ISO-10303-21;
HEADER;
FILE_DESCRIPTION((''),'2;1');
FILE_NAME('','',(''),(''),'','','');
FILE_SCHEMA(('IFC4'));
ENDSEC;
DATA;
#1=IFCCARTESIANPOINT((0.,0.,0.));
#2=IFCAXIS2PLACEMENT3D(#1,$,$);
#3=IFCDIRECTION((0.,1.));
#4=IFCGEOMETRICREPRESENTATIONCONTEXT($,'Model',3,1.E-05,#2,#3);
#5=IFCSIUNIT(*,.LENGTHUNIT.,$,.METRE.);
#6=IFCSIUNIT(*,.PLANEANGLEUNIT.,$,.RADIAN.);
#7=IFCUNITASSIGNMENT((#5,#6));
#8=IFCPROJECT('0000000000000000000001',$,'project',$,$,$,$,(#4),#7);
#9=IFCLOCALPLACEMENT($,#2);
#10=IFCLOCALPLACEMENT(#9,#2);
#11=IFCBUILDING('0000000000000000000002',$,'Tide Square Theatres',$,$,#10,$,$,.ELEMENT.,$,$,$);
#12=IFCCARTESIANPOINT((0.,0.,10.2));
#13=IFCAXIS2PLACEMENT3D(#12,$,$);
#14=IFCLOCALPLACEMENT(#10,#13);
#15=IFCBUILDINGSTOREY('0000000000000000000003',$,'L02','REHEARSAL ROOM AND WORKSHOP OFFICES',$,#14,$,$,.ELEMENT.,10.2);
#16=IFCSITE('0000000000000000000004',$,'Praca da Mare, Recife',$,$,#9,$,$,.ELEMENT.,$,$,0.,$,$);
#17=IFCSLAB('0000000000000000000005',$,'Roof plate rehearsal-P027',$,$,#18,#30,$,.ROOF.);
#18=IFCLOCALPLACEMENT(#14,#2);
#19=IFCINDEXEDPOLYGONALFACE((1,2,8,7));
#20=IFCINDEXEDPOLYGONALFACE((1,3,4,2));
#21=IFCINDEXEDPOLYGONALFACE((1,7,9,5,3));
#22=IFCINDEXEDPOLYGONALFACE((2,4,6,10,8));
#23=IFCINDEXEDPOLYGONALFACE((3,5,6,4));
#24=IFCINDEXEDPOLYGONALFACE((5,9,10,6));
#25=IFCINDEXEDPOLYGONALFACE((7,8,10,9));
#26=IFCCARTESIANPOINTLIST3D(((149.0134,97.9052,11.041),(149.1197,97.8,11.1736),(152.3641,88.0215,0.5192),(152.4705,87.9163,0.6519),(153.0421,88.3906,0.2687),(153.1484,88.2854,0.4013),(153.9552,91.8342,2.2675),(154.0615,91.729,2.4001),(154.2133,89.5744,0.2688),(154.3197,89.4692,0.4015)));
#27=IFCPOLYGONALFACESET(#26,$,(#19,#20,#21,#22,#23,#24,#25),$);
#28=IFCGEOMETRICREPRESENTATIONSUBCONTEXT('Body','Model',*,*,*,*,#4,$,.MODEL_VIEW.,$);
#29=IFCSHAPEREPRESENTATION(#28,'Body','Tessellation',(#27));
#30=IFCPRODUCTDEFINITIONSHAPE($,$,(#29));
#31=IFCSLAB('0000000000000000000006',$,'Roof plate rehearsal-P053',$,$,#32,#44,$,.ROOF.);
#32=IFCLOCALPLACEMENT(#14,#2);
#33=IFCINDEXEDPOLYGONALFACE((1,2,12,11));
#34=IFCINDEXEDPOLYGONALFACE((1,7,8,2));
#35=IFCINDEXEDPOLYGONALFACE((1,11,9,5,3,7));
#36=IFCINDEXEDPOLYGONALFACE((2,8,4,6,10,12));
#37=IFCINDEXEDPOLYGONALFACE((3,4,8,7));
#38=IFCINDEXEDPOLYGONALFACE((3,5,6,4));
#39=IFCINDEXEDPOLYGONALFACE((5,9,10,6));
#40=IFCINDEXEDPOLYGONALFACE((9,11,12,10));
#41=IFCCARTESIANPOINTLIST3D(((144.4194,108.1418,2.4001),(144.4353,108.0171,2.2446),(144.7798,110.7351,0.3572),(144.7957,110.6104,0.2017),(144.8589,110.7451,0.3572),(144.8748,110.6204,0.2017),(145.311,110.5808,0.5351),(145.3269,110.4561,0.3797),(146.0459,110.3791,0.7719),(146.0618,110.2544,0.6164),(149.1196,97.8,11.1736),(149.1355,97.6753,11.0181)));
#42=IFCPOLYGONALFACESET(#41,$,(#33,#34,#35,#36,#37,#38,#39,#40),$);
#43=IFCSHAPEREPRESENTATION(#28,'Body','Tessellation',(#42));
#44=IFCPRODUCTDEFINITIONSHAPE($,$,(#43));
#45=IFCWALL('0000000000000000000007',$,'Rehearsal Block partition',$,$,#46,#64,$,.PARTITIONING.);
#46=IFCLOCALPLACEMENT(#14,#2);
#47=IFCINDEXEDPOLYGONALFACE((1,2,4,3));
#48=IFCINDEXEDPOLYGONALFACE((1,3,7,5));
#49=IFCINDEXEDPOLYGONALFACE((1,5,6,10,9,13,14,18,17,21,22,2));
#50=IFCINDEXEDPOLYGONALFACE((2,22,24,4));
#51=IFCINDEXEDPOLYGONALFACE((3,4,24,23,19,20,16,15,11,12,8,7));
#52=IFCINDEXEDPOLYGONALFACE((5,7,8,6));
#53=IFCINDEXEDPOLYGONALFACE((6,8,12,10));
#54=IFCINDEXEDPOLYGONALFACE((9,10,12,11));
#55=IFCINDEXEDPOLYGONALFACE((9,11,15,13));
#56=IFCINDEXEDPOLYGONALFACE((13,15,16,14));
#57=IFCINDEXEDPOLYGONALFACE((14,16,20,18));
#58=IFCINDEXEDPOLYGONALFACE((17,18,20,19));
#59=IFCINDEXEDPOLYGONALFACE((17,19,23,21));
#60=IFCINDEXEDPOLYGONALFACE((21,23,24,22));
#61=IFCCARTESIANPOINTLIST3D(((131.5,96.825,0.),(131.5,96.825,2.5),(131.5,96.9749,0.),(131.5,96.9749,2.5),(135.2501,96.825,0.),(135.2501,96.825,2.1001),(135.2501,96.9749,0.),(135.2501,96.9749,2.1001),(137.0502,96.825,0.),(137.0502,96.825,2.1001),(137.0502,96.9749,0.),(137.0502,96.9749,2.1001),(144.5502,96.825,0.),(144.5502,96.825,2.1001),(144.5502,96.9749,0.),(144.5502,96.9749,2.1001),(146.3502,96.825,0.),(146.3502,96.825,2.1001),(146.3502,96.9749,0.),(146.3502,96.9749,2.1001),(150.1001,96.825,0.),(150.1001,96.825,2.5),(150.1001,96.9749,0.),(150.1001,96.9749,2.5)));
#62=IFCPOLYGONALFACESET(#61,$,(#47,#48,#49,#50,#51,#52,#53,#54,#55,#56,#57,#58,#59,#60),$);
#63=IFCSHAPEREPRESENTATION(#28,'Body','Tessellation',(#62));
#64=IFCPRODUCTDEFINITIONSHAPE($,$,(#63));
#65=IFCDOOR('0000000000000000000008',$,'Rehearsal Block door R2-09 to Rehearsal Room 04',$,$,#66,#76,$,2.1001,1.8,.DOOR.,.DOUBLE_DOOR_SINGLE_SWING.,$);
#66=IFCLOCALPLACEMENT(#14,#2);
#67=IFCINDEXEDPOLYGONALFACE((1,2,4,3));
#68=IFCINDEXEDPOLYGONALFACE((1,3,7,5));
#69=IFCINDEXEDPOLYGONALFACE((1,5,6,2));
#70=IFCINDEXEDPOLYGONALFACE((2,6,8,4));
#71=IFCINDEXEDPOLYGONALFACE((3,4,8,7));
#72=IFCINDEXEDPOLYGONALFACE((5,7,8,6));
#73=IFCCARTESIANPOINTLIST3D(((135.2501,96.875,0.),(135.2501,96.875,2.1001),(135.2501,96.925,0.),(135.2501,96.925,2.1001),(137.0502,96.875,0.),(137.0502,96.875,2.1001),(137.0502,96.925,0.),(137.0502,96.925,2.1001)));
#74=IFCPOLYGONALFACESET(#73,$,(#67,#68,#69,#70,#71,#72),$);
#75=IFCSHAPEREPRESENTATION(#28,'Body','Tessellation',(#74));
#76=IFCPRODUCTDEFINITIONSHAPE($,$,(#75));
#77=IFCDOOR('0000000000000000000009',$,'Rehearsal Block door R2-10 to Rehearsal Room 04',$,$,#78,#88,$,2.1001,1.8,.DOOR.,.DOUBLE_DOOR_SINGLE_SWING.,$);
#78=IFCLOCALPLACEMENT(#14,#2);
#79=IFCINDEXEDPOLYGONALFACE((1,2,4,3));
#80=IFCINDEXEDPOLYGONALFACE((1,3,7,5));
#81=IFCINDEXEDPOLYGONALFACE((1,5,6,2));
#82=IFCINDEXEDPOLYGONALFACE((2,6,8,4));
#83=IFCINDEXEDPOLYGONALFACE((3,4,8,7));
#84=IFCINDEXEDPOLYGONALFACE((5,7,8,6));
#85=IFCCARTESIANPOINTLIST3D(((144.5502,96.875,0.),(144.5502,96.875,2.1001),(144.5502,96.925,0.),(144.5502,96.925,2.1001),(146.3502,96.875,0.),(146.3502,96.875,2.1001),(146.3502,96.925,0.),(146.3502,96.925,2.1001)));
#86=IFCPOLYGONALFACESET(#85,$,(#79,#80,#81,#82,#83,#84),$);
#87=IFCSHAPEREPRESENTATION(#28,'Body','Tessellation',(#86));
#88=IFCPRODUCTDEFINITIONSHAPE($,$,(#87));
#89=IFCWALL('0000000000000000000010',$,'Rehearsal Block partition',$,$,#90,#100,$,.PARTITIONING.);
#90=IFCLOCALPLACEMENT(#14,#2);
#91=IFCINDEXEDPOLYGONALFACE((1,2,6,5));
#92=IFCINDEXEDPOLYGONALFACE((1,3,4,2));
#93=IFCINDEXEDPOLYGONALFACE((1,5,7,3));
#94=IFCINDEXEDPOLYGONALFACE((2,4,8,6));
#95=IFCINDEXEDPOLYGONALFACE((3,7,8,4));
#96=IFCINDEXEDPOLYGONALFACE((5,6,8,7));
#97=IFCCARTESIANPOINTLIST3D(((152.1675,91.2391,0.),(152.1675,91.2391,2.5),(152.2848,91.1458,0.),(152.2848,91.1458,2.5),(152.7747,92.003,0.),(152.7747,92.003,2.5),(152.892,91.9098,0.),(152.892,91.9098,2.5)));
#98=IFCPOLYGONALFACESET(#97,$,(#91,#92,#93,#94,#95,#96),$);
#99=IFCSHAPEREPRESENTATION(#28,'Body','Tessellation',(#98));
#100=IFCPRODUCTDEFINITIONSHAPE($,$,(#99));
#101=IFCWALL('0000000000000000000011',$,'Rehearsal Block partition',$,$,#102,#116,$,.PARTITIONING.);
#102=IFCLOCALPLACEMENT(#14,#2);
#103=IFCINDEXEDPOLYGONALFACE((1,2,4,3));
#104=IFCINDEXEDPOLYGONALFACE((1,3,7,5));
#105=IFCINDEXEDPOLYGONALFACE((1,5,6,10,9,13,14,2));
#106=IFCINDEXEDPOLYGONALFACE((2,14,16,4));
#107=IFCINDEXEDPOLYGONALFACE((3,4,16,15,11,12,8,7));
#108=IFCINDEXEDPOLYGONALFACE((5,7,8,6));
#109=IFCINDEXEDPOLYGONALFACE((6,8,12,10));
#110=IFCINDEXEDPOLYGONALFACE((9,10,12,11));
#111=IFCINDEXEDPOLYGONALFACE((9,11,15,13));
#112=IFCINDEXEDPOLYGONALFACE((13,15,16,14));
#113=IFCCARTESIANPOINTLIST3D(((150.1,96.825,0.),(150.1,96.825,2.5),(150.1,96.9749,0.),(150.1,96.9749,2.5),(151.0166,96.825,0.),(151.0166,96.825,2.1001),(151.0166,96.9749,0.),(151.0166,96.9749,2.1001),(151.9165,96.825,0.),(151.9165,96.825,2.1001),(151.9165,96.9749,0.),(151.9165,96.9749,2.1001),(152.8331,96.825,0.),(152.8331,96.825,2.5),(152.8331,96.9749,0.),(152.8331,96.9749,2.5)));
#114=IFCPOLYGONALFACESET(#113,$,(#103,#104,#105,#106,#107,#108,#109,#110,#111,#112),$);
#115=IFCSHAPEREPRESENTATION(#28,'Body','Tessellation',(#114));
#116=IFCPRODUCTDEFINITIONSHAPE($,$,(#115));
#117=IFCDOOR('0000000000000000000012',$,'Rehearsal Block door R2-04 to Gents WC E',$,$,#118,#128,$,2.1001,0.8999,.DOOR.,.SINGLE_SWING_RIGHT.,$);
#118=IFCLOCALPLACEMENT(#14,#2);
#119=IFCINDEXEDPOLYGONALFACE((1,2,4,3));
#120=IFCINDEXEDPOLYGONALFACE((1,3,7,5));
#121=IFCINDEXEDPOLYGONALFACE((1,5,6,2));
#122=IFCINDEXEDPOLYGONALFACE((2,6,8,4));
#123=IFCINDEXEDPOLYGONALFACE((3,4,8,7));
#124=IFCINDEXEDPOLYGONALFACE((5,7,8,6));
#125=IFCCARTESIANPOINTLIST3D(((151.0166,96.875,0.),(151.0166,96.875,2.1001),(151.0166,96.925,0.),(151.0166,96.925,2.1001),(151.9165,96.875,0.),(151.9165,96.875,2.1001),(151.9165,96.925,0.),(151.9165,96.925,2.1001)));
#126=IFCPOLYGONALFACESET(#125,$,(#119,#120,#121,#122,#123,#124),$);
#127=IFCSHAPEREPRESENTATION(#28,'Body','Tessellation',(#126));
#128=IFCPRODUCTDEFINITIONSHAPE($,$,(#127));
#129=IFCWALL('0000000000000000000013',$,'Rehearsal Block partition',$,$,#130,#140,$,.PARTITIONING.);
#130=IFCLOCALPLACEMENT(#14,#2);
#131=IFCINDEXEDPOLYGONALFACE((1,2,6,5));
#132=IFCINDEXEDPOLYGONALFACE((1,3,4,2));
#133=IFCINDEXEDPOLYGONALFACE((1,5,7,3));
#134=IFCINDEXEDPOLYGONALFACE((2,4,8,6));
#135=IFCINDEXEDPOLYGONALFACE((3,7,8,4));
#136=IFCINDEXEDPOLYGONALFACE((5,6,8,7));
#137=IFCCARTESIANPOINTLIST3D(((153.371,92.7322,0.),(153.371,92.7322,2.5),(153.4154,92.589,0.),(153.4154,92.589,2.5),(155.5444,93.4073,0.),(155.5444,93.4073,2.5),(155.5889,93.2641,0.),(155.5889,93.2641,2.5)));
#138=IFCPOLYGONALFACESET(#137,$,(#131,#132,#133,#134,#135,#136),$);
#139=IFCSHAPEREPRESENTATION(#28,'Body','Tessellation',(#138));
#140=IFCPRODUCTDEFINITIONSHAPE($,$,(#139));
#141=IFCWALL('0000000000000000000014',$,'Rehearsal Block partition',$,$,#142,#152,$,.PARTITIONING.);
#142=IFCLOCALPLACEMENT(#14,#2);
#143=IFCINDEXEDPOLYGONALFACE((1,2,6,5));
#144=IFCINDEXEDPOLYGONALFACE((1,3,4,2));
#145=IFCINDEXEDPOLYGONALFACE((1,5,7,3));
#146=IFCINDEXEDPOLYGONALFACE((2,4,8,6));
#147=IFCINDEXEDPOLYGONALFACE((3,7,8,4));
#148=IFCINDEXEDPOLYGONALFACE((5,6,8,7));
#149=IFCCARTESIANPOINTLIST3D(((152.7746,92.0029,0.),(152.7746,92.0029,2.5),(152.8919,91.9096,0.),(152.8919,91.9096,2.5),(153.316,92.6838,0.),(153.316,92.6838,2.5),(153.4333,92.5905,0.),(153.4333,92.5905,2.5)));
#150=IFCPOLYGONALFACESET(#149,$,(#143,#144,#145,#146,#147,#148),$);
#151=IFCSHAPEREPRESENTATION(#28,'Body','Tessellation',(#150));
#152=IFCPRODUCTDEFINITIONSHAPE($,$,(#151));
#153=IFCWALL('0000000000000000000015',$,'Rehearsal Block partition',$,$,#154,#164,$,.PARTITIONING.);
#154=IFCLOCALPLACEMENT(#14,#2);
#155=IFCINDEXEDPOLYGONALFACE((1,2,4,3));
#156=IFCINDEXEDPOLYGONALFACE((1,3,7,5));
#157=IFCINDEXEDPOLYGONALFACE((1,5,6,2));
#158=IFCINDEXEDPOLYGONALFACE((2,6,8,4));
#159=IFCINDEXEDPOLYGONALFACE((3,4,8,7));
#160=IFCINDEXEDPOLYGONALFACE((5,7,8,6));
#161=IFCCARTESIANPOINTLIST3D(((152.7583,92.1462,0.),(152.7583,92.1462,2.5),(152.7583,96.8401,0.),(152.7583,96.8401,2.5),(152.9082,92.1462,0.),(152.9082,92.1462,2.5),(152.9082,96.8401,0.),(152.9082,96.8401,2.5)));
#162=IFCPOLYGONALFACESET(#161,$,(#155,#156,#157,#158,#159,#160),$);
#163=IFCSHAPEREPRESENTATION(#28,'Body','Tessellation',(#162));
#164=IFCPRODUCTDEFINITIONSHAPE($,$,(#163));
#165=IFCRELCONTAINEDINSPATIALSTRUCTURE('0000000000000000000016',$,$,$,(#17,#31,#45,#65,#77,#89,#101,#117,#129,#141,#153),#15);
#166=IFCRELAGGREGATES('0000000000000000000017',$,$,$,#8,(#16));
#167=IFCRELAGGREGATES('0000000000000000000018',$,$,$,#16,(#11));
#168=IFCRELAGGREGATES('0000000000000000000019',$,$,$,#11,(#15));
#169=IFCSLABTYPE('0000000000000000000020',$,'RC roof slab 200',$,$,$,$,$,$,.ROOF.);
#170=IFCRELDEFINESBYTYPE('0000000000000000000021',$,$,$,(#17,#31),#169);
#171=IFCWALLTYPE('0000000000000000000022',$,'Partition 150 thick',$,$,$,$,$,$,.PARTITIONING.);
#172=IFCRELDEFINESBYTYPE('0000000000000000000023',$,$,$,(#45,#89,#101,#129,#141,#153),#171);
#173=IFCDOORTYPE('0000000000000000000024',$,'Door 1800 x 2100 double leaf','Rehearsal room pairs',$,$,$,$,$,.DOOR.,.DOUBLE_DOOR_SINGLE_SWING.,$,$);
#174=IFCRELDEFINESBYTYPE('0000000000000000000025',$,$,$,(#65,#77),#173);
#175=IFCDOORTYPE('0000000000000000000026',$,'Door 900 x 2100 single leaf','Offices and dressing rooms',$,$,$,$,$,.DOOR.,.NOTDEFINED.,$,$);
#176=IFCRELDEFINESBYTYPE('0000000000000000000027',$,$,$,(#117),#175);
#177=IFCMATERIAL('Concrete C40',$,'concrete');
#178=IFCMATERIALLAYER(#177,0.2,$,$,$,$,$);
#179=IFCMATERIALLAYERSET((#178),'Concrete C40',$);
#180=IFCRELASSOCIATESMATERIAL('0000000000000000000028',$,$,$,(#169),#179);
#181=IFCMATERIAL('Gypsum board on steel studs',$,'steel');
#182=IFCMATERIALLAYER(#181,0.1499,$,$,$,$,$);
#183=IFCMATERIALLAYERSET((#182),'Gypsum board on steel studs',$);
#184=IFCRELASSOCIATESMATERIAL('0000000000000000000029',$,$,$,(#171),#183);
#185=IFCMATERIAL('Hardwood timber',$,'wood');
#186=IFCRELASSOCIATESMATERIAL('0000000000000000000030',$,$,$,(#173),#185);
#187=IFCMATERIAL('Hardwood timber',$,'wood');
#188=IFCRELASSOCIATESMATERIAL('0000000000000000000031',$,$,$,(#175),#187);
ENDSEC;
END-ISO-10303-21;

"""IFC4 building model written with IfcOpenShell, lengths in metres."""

from ifc_helpers import new_model, si_unit, direction, frame, frame_2d, origin, place, context, subcontext, project, spatial, polyline, rectangle, outline, extrude, material, layer, layer_set, type_object, element, fill, save


model = new_model("IFC4")

# Units and contexts
model_context = context("Model", 3, precision=1e-05, world=origin(), true_north=direction((0.0, 1.0)))
body_context = subcontext(model_context, "Body", "Model", "MODEL_VIEW")
ifc_project = project(units=[si_unit("LENGTHUNIT", "METRE"), si_unit("PLANEANGLEUNIT", "RADIAN")], contexts=[model_context])

# Site, building, storey
site_placement = place(None, origin())
site = spatial("IfcSite", under=ifc_project, at=site_placement, Name="Praca da Mare, Recife", CompositionType="ELEMENT", RefElevation=0.0)
building_placement = place(site_placement, origin())
building = spatial("IfcBuilding", under=site, at=building_placement, Name="Tide Square Theatres", CompositionType="ELEMENT")
storey_placement = place(building_placement, frame((0.0, 0.0, 10.2)))
storey = spatial("IfcBuildingStorey", under=building, at=storey_placement, Name="L02", Description="REHEARSAL ROOM AND WORKSHOP OFFICES", CompositionType="ELEMENT", Elevation=10.2)

# Slabs
ifc_material_1 = material(Name="Concrete C40", Category="concrete")
ifc_layer_1 = layer(ifc_material_1, 0.2)
ifc_layer_set_1 = layer_set([ifc_layer_1], Name="Concrete C40")
slab_type = type_object("IfcSlabType", Name="RC roof slab 200", PredefinedType="ROOF", material=ifc_layer_set_1)
slab_1_placement = place(storey_placement, frame((154.0615, 91.729, 2.4001), z_axis=(0.531737, -0.526185, 0.663616), x_axis=(-0.420293, 0.516324, 0.746166)))
element("IfcSlab", 1, at=slab_1_placement, inside=storey, type_object=slab_type, Name="Roof plate rehearsal-P027", PredefinedType="ROOF", context=body_context, shape_type="SweptSolid", body=[
    extrude(outline(polyline([(0.0, 0.0), (11.7581, 0.0), (-2.6044, 3.6527), (-2.8857, 2.8914), (-2.7667, 1.2304), (0.0, 0.0)])), origin(), (0.0, 0.0, -1.0), 0.2),
])
slab_2_placement = place(storey_placement, frame((149.1196, 97.8, 11.1736), z_axis=(-0.079391, 0.623651, 0.777661), x_axis=(-0.185058, 0.757342, -0.626248)))
element("IfcSlab", 2, at=slab_2_placement, inside=storey, type_object=slab_type, Name="Roof plate rehearsal-P053", PredefinedType="ROOF", context=body_context, shape_type="SweptSolid", body=[
    extrude(outline(polyline([(0.0, 0.0), (16.6095, 0.0), (17.3661, 1.0689), (17.3731, 1.1483), (17.0465, 0.6677), (14.1964, 2.1164), (0.0, 0.0)])), origin(), (0.0, 0.0, -1.0), 0.2),
])

# Wall, openings, doors
ifc_material_2 = material(Name="Gypsum board on steel studs", Category="steel")
ifc_layer_2 = layer(ifc_material_2, 0.1499)
ifc_layer_set_2 = layer_set([ifc_layer_2], Name="Gypsum board on steel studs")
wall_type_1 = type_object("IfcWallType", Name="Partition 150 thick", PredefinedType="PARTITIONING", material=ifc_layer_set_2)
wall_1_placement = place(storey_placement, frame((150.1001, 96.8999, 0.0), z_axis=(0.0, 0.0, 1.0), x_axis=(-1.0, 0.0, 0.0)))
wall_1 = element("IfcWall", 3, at=wall_1_placement, inside=storey, type_object=wall_type_1, Name="Rehearsal Block partition", PredefinedType="PARTITIONING", context=body_context, shape_type="SweptSolid", body=[
    extrude(rectangle(XDim=18.6001, YDim=0.1499, at=frame_2d((9.3, 0.0))), origin(), (0.0, 0.0, 1.0), 2.5),
])
opening_1_placement = place(wall_1_placement, frame((13.05, 0.0, 0.0)))
opening_1 = element("IfcOpeningElement", 4, at=opening_1_placement, cuts=wall_1, PredefinedType="OPENING", context=body_context, shape_type="SweptSolid", body=[
    extrude(rectangle(XDim=1.8, YDim=2.1001, at=frame_2d((0.8999, 1.05))), frame((0.0, 0.085, 0.0), z_axis=(0.0, -1.0, 0.0), x_axis=(1.0, 0.0, 0.0)), (0.0, 0.0, 1.0), 0.1699),
])
opening_2_placement = place(wall_1_placement, frame((3.75, 0.0, 0.0)))
opening_2 = element("IfcOpeningElement", 5, at=opening_2_placement, cuts=wall_1, PredefinedType="OPENING", context=body_context, shape_type="SweptSolid", body=[
    extrude(rectangle(XDim=1.8, YDim=2.1001, at=frame_2d((0.8999, 1.05))), frame((0.0, 0.085, 0.0), z_axis=(0.0, -1.0, 0.0), x_axis=(1.0, 0.0, 0.0)), (0.0, 0.0, 1.0), 0.1699),
])
ifc_material_3 = material(Name="Hardwood timber", Category="wood")
door_type_1 = type_object("IfcDoorType", Name="Door 1800 x 2100 double leaf", Description="Rehearsal room pairs", OperationType="DOUBLE_DOOR_SINGLE_SWING", PredefinedType="DOOR", material=ifc_material_3)
door_1_placement = place(opening_1_placement, origin())
door_1 = element("IfcDoor", 6, at=door_1_placement, inside=storey, type_object=door_type_1, Name="Rehearsal Block door R2-09 to Rehearsal Room 04", OperationType="DOUBLE_DOOR_SINGLE_SWING", OverallHeight=2.1001, OverallWidth=1.8, PredefinedType="DOOR", context=body_context, shape_type="SweptSolid", body=[
    extrude(rectangle(XDim=1.8, YDim=2.1001, at=frame_2d((0.8999, 1.05))), frame((0.0, 0.0249, 0.0), z_axis=(0.0, -1.0, 0.0), x_axis=(1.0, 0.0, 0.0)), (0.0, 0.0, 1.0), 0.05),
])
fill(opening_1, door_1)
door_2_placement = place(opening_2_placement, origin())
door_2 = element("IfcDoor", 7, at=door_2_placement, inside=storey, type_object=door_type_1, Name="Rehearsal Block door R2-10 to Rehearsal Room 04", OperationType="DOUBLE_DOOR_SINGLE_SWING", OverallHeight=2.1001, OverallWidth=1.8, PredefinedType="DOOR", context=body_context, shape_type="SweptSolid", body=[
    extrude(rectangle(XDim=1.8, YDim=2.1001, at=frame_2d((0.8999, 1.05))), frame((0.0, 0.0249, 0.0), z_axis=(0.0, -1.0, 0.0), x_axis=(1.0, 0.0, 0.0)), (0.0, 0.0, 1.0), 0.05),
])
fill(opening_2, door_2)

# Wall
wall_2_placement = place(storey_placement, frame((152.8333, 91.9563, 0.0), z_axis=(0.0, 0.0, 1.0), x_axis=(-0.622221, -0.782842, 0.0)))
element("IfcWall", 8, at=wall_2_placement, inside=storey, type_object=wall_type_1, Name="Rehearsal Block partition", PredefinedType="PARTITIONING", context=body_context, shape_type="SweptSolid", body=[
    extrude(rectangle(XDim=0.9758, YDim=0.1499, at=frame_2d((0.4878, 0.0))), origin(), (0.0, 0.0, 1.0), 2.5),
])

# Wall, opening, door
wall_3_placement = place(storey_placement, frame((152.8333, 96.8999, 0.0), z_axis=(0.0, 0.0, 1.0), x_axis=(-1.0, 0.0, 0.0)))
wall_3 = element("IfcWall", 9, at=wall_3_placement, inside=storey, type_object=wall_type_1, Name="Rehearsal Block partition", PredefinedType="PARTITIONING", context=body_context, shape_type="SweptSolid", body=[
    extrude(rectangle(XDim=2.7332, YDim=0.1499, at=frame_2d((1.3667, 0.0))), origin(), (0.0, 0.0, 1.0), 2.5),
])
opening_3_placement = place(wall_3_placement, frame((0.9167, 0.0, 0.0)))
opening_3 = element("IfcOpeningElement", 10, at=opening_3_placement, cuts=wall_3, PredefinedType="OPENING", context=body_context, shape_type="SweptSolid", body=[
    extrude(rectangle(XDim=0.8999, YDim=2.1001, at=frame_2d((0.45, 1.05))), frame((0.0, 0.085, 0.0), z_axis=(0.0, -1.0, 0.0), x_axis=(1.0, 0.0, 0.0)), (0.0, 0.0, 1.0), 0.1699),
])
ifc_material_4 = material(Name="Hardwood timber", Category="wood")
door_type_2 = type_object("IfcDoorType", Name="Door 900 x 2100 single leaf", Description="Offices and dressing rooms", OperationType="NOTDEFINED", PredefinedType="DOOR", material=ifc_material_4)
door_3_placement = place(opening_3_placement, origin())
door_3 = element("IfcDoor", 11, at=door_3_placement, inside=storey, type_object=door_type_2, Name="Rehearsal Block door R2-04 to Gents WC E", OperationType="SINGLE_SWING_RIGHT", OverallHeight=2.1001, OverallWidth=0.8999, PredefinedType="DOOR", context=body_context, shape_type="SweptSolid", body=[
    extrude(rectangle(XDim=0.8999, YDim=2.1001, at=frame_2d((0.45, 1.05))), frame((0.0, 0.0249, 0.0), z_axis=(0.0, -1.0, 0.0), x_axis=(1.0, 0.0, 0.0)), (0.0, 0.0, 1.0), 0.05),
])
fill(opening_3, door_3)

# Walls
wall_4_placement = place(storey_placement, frame((155.5667, 93.3357, 0.0), z_axis=(0.0, 0.0, 1.0), x_axis=(-0.954994, -0.296625, 0.0)))
element("IfcWall", 12, at=wall_4_placement, inside=storey, type_object=wall_type_1, Name="Rehearsal Block partition", PredefinedType="PARTITIONING", context=body_context, shape_type="SweptSolid", body=[
    extrude(rectangle(XDim=2.2759, YDim=0.1499, at=frame_2d((1.1379, 0.0))), origin(), (0.0, 0.0, 1.0), 2.5),
])
wall_5_placement = place(storey_placement, frame((153.3748, 92.6372, 0.0), z_axis=(0.0, 0.0, 1.0), x_axis=(-0.622434, -0.782673, 0.0)))
element("IfcWall", 13, at=wall_5_placement, inside=storey, type_object=wall_type_1, Name="Rehearsal Block partition", PredefinedType="PARTITIONING", context=body_context, shape_type="SweptSolid", body=[
    extrude(rectangle(XDim=0.8699, YDim=0.1499, at=frame_2d((0.4351, 0.0))), origin(), (0.0, 0.0, 1.0), 2.5),
])
wall_6_placement = place(storey_placement, frame((152.8333, 96.8401, 0.0), z_axis=(0.0, 0.0, 1.0), x_axis=(0.0, -1.0, 0.0)))
element("IfcWall", 14, at=wall_6_placement, inside=storey, type_object=wall_type_1, Name="Rehearsal Block partition", PredefinedType="PARTITIONING", context=body_context, shape_type="SweptSolid", body=[
    extrude(rectangle(XDim=4.6938, YDim=0.1499, at=frame_2d((2.3469, 0.0))), origin(), (0.0, 0.0, 1.0), 2.5),
])

save(model, "model.ifc")
